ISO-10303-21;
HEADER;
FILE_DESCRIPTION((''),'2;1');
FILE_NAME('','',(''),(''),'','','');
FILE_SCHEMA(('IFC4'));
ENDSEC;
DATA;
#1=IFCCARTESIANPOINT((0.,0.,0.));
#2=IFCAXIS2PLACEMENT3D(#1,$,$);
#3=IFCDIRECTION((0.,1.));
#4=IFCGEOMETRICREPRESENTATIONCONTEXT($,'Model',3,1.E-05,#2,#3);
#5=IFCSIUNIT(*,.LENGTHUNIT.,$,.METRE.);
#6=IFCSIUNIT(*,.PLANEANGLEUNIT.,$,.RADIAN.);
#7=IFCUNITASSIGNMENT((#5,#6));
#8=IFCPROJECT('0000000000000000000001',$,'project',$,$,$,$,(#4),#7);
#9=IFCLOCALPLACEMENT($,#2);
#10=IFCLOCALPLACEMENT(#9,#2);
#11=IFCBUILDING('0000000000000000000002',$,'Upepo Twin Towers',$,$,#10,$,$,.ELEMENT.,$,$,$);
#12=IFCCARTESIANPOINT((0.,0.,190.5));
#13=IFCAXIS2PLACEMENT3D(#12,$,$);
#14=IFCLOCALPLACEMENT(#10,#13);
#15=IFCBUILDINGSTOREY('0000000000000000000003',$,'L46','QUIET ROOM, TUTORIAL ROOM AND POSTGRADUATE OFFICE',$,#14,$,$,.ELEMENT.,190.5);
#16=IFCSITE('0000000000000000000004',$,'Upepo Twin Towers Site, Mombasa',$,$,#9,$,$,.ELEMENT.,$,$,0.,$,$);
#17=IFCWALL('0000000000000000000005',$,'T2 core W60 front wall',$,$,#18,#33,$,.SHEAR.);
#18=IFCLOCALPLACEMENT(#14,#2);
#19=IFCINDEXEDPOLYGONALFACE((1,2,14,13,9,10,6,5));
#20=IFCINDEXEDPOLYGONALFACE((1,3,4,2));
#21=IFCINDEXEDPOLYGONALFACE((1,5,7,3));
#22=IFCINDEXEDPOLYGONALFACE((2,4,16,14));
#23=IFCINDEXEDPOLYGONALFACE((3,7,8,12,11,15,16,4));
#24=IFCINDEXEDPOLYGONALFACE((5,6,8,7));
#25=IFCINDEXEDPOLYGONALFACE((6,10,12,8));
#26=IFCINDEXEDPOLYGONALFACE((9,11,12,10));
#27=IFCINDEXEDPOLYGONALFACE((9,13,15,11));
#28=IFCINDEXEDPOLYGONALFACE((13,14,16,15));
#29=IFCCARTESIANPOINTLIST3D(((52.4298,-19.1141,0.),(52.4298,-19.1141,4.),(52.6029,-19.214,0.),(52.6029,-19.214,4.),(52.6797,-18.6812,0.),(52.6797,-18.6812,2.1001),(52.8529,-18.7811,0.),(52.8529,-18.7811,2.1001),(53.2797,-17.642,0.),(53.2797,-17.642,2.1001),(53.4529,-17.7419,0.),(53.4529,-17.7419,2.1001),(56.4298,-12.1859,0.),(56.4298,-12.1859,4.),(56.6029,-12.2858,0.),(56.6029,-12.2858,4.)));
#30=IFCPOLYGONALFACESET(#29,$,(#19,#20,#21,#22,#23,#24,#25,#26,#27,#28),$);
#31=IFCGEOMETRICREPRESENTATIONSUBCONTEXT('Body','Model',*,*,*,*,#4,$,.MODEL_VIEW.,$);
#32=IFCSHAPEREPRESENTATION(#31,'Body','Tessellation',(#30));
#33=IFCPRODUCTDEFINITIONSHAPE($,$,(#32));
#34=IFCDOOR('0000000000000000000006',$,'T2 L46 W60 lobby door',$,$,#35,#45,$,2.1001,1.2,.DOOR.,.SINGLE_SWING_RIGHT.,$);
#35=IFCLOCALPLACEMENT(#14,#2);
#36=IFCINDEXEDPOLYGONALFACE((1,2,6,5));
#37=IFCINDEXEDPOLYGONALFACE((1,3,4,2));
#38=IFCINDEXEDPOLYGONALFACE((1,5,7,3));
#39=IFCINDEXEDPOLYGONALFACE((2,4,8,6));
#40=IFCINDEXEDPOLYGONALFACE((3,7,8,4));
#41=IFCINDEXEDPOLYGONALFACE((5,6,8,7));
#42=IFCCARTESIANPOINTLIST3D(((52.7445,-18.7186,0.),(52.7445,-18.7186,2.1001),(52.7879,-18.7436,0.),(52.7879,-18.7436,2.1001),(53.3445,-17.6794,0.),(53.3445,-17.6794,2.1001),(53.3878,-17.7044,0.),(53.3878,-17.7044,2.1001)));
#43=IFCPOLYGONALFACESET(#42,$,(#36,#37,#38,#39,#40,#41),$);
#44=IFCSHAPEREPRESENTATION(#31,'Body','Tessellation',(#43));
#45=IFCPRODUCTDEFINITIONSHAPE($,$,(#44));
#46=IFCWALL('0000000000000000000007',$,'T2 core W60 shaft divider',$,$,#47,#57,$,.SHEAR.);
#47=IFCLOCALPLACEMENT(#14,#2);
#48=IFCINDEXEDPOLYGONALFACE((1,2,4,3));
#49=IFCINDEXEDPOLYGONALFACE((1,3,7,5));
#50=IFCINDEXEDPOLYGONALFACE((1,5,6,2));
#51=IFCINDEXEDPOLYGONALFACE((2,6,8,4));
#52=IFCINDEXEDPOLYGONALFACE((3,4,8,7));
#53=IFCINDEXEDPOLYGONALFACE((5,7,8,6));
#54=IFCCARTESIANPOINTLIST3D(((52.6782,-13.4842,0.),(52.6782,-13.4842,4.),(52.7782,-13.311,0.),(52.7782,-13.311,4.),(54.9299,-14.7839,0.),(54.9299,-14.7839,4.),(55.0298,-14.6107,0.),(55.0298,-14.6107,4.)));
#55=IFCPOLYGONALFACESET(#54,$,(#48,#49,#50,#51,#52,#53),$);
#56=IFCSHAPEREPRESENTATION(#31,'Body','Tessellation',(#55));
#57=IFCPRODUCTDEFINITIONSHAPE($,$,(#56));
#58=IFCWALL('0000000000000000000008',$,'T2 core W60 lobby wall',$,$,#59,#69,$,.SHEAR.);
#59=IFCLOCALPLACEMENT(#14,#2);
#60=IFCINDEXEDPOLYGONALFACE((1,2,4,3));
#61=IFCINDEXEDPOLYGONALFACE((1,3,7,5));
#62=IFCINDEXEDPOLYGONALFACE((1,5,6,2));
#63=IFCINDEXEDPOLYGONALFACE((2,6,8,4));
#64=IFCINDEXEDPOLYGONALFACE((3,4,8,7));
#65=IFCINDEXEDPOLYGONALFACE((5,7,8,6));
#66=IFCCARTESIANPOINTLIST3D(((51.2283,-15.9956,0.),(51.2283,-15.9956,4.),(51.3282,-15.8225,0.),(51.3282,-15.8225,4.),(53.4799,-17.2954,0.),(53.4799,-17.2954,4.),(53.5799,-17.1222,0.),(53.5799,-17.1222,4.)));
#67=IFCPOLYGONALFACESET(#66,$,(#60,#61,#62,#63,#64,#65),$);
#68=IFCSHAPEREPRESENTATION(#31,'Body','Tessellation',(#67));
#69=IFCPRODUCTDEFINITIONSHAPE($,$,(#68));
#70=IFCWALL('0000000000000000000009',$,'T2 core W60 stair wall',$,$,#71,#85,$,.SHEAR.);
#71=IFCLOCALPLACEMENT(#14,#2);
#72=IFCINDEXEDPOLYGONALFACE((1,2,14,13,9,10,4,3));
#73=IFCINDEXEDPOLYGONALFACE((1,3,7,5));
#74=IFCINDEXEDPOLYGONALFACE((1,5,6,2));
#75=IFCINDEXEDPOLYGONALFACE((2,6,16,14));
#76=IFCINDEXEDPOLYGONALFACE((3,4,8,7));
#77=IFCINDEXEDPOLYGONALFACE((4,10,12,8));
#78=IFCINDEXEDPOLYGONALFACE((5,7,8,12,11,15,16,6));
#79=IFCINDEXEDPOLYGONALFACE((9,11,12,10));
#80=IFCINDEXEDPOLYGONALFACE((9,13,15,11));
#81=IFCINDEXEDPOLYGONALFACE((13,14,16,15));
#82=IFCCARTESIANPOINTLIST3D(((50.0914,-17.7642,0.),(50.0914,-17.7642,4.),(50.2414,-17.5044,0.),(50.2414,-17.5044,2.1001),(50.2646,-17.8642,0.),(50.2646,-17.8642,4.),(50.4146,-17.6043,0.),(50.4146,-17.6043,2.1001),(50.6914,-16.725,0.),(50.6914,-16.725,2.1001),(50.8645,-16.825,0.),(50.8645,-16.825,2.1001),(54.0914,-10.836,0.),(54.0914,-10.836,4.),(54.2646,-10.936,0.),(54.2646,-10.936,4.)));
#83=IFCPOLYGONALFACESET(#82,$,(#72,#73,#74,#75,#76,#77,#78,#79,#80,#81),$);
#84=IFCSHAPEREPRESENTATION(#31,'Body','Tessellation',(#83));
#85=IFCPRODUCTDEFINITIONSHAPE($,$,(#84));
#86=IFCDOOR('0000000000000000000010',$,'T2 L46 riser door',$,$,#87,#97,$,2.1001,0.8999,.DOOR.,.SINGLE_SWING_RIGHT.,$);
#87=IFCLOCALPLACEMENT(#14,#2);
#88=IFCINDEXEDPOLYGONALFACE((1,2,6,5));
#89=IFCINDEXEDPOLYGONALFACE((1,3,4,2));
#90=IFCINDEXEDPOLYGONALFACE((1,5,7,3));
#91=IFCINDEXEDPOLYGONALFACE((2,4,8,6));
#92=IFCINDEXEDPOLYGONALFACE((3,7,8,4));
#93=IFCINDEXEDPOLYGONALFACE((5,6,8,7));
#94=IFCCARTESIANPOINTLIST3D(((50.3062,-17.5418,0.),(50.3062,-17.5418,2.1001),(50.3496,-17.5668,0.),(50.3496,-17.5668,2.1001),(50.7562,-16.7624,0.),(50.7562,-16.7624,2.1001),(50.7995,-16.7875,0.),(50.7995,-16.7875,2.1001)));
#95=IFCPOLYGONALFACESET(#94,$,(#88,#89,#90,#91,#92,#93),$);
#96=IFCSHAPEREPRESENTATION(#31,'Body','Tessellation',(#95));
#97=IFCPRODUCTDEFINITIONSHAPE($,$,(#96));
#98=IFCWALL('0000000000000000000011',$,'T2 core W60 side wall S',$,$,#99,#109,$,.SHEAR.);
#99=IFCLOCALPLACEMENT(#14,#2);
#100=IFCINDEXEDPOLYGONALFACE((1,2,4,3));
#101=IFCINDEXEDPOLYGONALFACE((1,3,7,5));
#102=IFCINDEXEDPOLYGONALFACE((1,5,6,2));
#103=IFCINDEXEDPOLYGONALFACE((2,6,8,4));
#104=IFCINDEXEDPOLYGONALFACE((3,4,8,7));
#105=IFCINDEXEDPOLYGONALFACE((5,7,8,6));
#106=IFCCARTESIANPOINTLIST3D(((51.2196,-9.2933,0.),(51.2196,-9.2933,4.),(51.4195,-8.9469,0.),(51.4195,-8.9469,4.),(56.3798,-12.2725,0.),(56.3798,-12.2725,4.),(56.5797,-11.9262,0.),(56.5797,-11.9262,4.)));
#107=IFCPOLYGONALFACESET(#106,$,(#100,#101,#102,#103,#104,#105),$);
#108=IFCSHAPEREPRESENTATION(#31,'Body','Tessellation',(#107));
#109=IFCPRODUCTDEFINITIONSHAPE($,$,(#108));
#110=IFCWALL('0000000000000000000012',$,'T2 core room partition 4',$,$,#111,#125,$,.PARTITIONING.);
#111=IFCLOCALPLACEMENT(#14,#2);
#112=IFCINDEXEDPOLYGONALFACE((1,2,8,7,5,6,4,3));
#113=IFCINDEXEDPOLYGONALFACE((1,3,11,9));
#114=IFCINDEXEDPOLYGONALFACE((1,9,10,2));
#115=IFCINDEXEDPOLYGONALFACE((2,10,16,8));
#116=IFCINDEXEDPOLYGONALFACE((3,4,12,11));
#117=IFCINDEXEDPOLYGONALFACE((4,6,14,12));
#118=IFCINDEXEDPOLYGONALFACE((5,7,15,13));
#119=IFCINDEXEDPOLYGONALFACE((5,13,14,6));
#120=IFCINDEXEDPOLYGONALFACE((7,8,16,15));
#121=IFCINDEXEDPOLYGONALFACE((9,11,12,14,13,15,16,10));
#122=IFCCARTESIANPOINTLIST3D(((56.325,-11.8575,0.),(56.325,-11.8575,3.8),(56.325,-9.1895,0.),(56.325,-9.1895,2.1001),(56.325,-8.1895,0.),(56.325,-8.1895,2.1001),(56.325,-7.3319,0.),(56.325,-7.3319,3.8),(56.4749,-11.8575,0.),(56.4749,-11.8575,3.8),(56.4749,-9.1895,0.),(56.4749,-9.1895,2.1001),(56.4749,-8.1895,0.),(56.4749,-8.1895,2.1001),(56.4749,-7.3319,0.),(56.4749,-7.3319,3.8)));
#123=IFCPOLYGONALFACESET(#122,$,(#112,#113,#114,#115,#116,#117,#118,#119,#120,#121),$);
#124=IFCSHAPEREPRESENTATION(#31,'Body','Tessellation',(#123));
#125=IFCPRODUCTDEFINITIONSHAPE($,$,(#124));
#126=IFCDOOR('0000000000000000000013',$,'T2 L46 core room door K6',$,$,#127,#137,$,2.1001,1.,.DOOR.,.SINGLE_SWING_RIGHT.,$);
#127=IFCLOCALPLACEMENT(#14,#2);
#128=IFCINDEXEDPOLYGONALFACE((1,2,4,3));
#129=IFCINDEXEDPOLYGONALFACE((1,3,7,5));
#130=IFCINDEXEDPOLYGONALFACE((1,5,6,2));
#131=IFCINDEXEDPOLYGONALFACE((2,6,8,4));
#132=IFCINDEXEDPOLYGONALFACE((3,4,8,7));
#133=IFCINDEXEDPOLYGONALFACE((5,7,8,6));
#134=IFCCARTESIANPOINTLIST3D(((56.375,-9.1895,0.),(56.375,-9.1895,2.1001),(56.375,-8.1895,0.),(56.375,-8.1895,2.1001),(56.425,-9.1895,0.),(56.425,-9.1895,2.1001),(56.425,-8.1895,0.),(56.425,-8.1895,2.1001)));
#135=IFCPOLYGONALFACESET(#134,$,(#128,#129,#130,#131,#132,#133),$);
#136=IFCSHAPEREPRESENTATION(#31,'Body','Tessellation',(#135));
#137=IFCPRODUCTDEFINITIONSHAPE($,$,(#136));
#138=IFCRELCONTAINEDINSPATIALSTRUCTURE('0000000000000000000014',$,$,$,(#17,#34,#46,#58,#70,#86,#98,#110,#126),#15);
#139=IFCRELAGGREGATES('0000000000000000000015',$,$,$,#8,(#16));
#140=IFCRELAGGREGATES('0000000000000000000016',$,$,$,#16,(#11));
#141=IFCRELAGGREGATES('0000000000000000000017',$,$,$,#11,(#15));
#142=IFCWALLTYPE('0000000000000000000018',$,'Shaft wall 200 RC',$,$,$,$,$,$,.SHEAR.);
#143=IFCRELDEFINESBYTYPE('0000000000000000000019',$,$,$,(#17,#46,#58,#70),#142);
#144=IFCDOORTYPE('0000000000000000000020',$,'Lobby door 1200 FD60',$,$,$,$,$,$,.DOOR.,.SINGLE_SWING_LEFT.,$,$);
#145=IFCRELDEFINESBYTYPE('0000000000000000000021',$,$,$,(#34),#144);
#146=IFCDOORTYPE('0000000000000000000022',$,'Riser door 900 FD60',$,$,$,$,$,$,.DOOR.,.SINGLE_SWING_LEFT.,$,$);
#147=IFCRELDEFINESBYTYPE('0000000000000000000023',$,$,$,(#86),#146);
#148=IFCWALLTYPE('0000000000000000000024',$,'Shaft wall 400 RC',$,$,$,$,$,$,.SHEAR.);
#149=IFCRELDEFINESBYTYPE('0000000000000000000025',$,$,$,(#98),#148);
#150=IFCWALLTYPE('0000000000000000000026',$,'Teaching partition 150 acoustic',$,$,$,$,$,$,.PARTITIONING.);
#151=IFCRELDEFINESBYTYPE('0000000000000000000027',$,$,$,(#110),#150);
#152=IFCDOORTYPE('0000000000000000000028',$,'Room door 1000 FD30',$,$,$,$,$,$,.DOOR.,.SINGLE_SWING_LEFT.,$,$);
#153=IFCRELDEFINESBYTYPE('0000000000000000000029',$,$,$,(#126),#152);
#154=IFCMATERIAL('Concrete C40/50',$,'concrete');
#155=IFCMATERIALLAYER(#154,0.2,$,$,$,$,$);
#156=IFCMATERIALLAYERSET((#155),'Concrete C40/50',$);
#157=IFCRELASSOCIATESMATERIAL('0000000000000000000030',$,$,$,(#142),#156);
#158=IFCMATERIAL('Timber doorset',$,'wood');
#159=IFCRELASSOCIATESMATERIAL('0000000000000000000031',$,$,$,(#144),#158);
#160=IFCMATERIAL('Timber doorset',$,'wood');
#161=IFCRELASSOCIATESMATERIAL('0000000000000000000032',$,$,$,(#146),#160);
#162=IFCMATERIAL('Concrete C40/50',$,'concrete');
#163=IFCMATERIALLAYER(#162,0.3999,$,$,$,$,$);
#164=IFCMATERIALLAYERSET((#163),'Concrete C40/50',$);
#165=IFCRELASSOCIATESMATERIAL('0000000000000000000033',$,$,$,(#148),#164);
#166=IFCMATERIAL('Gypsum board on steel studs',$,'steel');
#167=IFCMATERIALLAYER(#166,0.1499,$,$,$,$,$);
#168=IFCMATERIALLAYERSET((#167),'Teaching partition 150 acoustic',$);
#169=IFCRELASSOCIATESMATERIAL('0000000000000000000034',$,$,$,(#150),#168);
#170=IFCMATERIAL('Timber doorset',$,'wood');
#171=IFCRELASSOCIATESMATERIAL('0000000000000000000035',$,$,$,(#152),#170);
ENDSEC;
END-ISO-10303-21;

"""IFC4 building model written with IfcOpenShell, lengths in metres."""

from ifc_helpers import new_model, si_unit, direction, frame, frame_2d, origin, place, context, subcontext, project, spatial, rectangle, extrude, material, layer, layer_set, type_object, element, fill, save


model = new_model("IFC4")

# Units and contexts
model_context = context("Model", 3, precision=1e-05, world=origin(), true_north=direction((0.0, 1.0)))
body_context = subcontext(model_context, "Body", "Model", "MODEL_VIEW")
ifc_project = project(units=[si_unit("LENGTHUNIT", "METRE"), si_unit("PLANEANGLEUNIT", "RADIAN")], contexts=[model_context])

# Site, building, storey
site_placement = place(None, origin())
site = spatial("IfcSite", under=ifc_project, at=site_placement, Name="Upepo Twin Towers Site, Mombasa", CompositionType="ELEMENT", RefElevation=0.0)
building_placement = place(site_placement, origin())
building = spatial("IfcBuilding", under=site, at=building_placement, Name="Upepo Twin Towers", CompositionType="ELEMENT")
storey_placement = place(building_placement, frame((0.0, 0.0, 190.5)))
storey = spatial("IfcBuildingStorey", under=building, at=storey_placement, Name="L46", Description="QUIET ROOM, TUTORIAL ROOM AND POSTGRADUATE OFFICE", CompositionType="ELEMENT", Elevation=190.5)

# Wall, opening, door
ifc_material_1 = material(Name="Concrete C40/50", Category="concrete")
ifc_layer_1 = layer(ifc_material_1, 0.2)
ifc_layer_set_1 = layer_set([ifc_layer_1], Name="Concrete C40/50")
wall_type_1 = type_object("IfcWallType", Name="Shaft wall 200 RC", PredefinedType="SHEAR", material=ifc_layer_set_1)
wall_1_placement = place(storey_placement, frame((56.5164, -12.2358, 0.0), z_axis=(0.0, 0.0, 1.0), x_axis=(-0.499999, -0.866026, 0.0)))
wall_1 = element("IfcWall", 1, at=wall_1_placement, inside=storey, type_object=wall_type_1, Name="T2 core W60 front wall", PredefinedType="SHEAR", context=body_context, shape_type="SweptSolid", body=[
    extrude(rectangle(XDim=8.0, YDim=0.2, at=frame_2d((4.0, 0.0))), origin(), (0.0, 0.0, 1.0), 4.0),
])
opening_1_placement = place(wall_1_placement, frame((6.3, 0.0, 0.0)))
opening_1 = element("IfcOpeningElement", 2, at=opening_1_placement, cuts=wall_1, PredefinedType="OPENING", context=body_context, shape_type="SweptSolid", body=[
    extrude(rectangle(XDim=1.2, YDim=2.1001, at=frame_2d((0.6001, 1.05))), frame((0.0, 0.1099, 0.0), z_axis=(0.0, -1.0, 0.0), x_axis=(1.0, 0.0, 0.0)), (0.0, 0.0, 1.0), 0.22),
])
ifc_material_2 = material(Name="Timber doorset", Category="wood")
door_type_1 = type_object("IfcDoorType", Name="Lobby door 1200 FD60", OperationType="SINGLE_SWING_LEFT", PredefinedType="DOOR", material=ifc_material_2)
door_1_placement = place(opening_1_placement, origin())
door_1 = element("IfcDoor", 3, at=door_1_placement, inside=storey, type_object=door_type_1, Name="T2 L46 W60 lobby door", OperationType="SINGLE_SWING_RIGHT", OverallHeight=2.1001, OverallWidth=1.2, PredefinedType="DOOR", context=body_context, shape_type="SweptSolid", body=[
    extrude(rectangle(XDim=1.2, YDim=2.1001, at=frame_2d((0.6001, 1.05))), frame((0.0, 0.0249, 0.0), z_axis=(0.0, -1.0, 0.0), x_axis=(1.0, 0.0, 0.0)), (0.0, 0.0, 1.0), 0.05),
])
fill(opening_1, door_1)

# Walls
for number, where, z_axis, x_axis, name in (
    (4, (54.9797, -14.6973, 0.0), (0.0, 0.0, 1.0), (-0.866062, 0.499937, 0.0), "T2 core W60 shaft divider"),
    (5, (53.5298, -17.2087, 0.0), (0.0, 0.0, 1.0), (-0.866062, 0.499937, 0.0), "T2 core W60 lobby wall"),
):
    element("IfcWall", number, at=place(storey_placement, frame(where, z_axis=z_axis, x_axis=x_axis)), inside=storey, type_object=wall_type_1, Name=name, PredefinedType="SHEAR", context=body_context, shape_type="SweptSolid", body=[
        extrude(rectangle(XDim=2.5999, YDim=0.2, at=frame_2d((1.2998, 0.0))), origin(), (0.0, 0.0, 1.0), 4.0),
    ])

# Wall, opening, door
wall_2_placement = place(storey_placement, frame((54.178, -10.886, 0.0), z_axis=(0.0, 0.0, 1.0), x_axis=(-0.499999, -0.866026, 0.0)))
wall_2 = element("IfcWall", 6, at=wall_2_placement, inside=storey, type_object=wall_type_1, Name="T2 core W60 stair wall", PredefinedType="SHEAR", context=body_context, shape_type="SweptSolid", body=[
    extrude(rectangle(XDim=8.0, YDim=0.2, at=frame_2d((4.0, 0.0))), origin(), (0.0, 0.0, 1.0), 4.0),
])
opening_2_placement = place(wall_2_placement, frame((6.8, 0.0, 0.0)))
opening_2 = element("IfcOpeningElement", 7, at=opening_2_placement, cuts=wall_2, PredefinedType="OPENING", context=body_context, shape_type="SweptSolid", body=[
    extrude(rectangle(XDim=0.8999, YDim=2.1001, at=frame_2d((0.45, 1.05))), frame((0.0, 0.1099, 0.0), z_axis=(0.0, -1.0, 0.0), x_axis=(1.0, 0.0, 0.0)), (0.0, 0.0, 1.0), 0.22),
])
ifc_material_3 = material(Name="Timber doorset", Category="wood")
door_type_2 = type_object("IfcDoorType", Name="Riser door 900 FD60", OperationType="SINGLE_SWING_LEFT", PredefinedType="DOOR", material=ifc_material_3)
door_2_placement = place(opening_2_placement, origin())
door_2 = element("IfcDoor", 8, at=door_2_placement, inside=storey, type_object=door_type_2, Name="T2 L46 riser door", OperationType="SINGLE_SWING_RIGHT", OverallHeight=2.1001, OverallWidth=0.8999, PredefinedType="DOOR", context=body_context, shape_type="SweptSolid", body=[
    extrude(rectangle(XDim=0.8999, YDim=2.1001, at=frame_2d((0.45, 1.05))), frame((0.0, 0.0249, 0.0), z_axis=(0.0, -1.0, 0.0), x_axis=(1.0, 0.0, 0.0)), (0.0, 0.0, 1.0), 0.05),
])
fill(opening_2, door_2)

# Wall
ifc_material_4 = material(Name="Concrete C40/50", Category="concrete")
ifc_layer_2 = layer(ifc_material_4, 0.3999)
ifc_layer_set_2 = layer_set([ifc_layer_2], Name="Concrete C40/50")
wall_type_2 = type_object("IfcWallType", Name="Shaft wall 400 RC", PredefinedType="SHEAR", material=ifc_layer_set_2)
wall_3_placement = place(storey_placement, frame((56.4797, -12.0994, 0.0), z_axis=(0.0, 0.0, 1.0), x_axis=(-0.866023, 0.500004, 0.0)))
element("IfcWall", 9, at=wall_3_placement, inside=storey, type_object=wall_type_2, Name="T2 core W60 side wall S", PredefinedType="SHEAR", context=body_context, shape_type="SweptSolid", body=[
    extrude(rectangle(XDim=5.9585, YDim=0.3999, at=frame_2d((2.9792, 0.0))), origin(), (0.0, 0.0, 1.0), 4.0),
])

# Wall, opening, door
ifc_material_5 = material(Name="Gypsum board on steel studs", Category="steel")
ifc_layer_3 = layer(ifc_material_5, 0.1499)
ifc_layer_set_3 = layer_set([ifc_layer_3], Name="Teaching partition 150 acoustic")
wall_type_3 = type_object("IfcWallType", Name="Teaching partition 150 acoustic", PredefinedType="PARTITIONING", material=ifc_layer_set_3)
wall_4_placement = place(storey_placement, frame((56.3999, -11.8574, 0.0), z_axis=(0.0, 0.0, 1.0), x_axis=(0.0, 1.0, 0.0)))
wall_4 = element("IfcWall", 10, at=wall_4_placement, inside=storey, type_object=wall_type_3, Name="T2 core room partition 4", PredefinedType="PARTITIONING", context=body_context, shape_type="SweptSolid", body=[
    extrude(rectangle(XDim=4.5256, YDim=0.1499, at=frame_2d((2.2627, 0.0))), origin(), (0.0, 0.0, 1.0), 3.8),
])
opening_3_placement = place(wall_4_placement, frame((2.668, 0.0, 0.0)))
opening_3 = element("IfcOpeningElement", 11, at=opening_3_placement, cuts=wall_4, PredefinedType="OPENING", context=body_context, shape_type="SweptSolid", body=[
    extrude(rectangle(XDim=1.0, YDim=2.1001, at=frame_2d((0.5, 1.05))), frame((0.0, 0.085, 0.0), z_axis=(0.0, -1.0, 0.0), x_axis=(1.0, 0.0, 0.0)), (0.0, 0.0, 1.0), 0.1699),
])
ifc_material_6 = material(Name="Timber doorset", Category="wood")
door_type_3 = type_object("IfcDoorType", Name="Room door 1000 FD30", OperationType="SINGLE_SWING_LEFT", PredefinedType="DOOR", material=ifc_material_6)
door_3_placement = place(opening_3_placement, origin())
door_3 = element("IfcDoor", 12, at=door_3_placement, inside=storey, type_object=door_type_3, Name="T2 L46 core room door K6", OperationType="SINGLE_SWING_RIGHT", OverallHeight=2.1001, OverallWidth=1.0, PredefinedType="DOOR", context=body_context, shape_type="SweptSolid", body=[
    extrude(rectangle(XDim=1.0, YDim=2.1001, at=frame_2d((0.5, 1.05))), frame((0.0, 0.0249, 0.0), z_axis=(0.0, -1.0, 0.0), x_axis=(1.0, 0.0, 0.0)), (0.0, 0.0, 1.0), 0.05),
])
fill(opening_3, door_3)

save(model, "model.ifc")
